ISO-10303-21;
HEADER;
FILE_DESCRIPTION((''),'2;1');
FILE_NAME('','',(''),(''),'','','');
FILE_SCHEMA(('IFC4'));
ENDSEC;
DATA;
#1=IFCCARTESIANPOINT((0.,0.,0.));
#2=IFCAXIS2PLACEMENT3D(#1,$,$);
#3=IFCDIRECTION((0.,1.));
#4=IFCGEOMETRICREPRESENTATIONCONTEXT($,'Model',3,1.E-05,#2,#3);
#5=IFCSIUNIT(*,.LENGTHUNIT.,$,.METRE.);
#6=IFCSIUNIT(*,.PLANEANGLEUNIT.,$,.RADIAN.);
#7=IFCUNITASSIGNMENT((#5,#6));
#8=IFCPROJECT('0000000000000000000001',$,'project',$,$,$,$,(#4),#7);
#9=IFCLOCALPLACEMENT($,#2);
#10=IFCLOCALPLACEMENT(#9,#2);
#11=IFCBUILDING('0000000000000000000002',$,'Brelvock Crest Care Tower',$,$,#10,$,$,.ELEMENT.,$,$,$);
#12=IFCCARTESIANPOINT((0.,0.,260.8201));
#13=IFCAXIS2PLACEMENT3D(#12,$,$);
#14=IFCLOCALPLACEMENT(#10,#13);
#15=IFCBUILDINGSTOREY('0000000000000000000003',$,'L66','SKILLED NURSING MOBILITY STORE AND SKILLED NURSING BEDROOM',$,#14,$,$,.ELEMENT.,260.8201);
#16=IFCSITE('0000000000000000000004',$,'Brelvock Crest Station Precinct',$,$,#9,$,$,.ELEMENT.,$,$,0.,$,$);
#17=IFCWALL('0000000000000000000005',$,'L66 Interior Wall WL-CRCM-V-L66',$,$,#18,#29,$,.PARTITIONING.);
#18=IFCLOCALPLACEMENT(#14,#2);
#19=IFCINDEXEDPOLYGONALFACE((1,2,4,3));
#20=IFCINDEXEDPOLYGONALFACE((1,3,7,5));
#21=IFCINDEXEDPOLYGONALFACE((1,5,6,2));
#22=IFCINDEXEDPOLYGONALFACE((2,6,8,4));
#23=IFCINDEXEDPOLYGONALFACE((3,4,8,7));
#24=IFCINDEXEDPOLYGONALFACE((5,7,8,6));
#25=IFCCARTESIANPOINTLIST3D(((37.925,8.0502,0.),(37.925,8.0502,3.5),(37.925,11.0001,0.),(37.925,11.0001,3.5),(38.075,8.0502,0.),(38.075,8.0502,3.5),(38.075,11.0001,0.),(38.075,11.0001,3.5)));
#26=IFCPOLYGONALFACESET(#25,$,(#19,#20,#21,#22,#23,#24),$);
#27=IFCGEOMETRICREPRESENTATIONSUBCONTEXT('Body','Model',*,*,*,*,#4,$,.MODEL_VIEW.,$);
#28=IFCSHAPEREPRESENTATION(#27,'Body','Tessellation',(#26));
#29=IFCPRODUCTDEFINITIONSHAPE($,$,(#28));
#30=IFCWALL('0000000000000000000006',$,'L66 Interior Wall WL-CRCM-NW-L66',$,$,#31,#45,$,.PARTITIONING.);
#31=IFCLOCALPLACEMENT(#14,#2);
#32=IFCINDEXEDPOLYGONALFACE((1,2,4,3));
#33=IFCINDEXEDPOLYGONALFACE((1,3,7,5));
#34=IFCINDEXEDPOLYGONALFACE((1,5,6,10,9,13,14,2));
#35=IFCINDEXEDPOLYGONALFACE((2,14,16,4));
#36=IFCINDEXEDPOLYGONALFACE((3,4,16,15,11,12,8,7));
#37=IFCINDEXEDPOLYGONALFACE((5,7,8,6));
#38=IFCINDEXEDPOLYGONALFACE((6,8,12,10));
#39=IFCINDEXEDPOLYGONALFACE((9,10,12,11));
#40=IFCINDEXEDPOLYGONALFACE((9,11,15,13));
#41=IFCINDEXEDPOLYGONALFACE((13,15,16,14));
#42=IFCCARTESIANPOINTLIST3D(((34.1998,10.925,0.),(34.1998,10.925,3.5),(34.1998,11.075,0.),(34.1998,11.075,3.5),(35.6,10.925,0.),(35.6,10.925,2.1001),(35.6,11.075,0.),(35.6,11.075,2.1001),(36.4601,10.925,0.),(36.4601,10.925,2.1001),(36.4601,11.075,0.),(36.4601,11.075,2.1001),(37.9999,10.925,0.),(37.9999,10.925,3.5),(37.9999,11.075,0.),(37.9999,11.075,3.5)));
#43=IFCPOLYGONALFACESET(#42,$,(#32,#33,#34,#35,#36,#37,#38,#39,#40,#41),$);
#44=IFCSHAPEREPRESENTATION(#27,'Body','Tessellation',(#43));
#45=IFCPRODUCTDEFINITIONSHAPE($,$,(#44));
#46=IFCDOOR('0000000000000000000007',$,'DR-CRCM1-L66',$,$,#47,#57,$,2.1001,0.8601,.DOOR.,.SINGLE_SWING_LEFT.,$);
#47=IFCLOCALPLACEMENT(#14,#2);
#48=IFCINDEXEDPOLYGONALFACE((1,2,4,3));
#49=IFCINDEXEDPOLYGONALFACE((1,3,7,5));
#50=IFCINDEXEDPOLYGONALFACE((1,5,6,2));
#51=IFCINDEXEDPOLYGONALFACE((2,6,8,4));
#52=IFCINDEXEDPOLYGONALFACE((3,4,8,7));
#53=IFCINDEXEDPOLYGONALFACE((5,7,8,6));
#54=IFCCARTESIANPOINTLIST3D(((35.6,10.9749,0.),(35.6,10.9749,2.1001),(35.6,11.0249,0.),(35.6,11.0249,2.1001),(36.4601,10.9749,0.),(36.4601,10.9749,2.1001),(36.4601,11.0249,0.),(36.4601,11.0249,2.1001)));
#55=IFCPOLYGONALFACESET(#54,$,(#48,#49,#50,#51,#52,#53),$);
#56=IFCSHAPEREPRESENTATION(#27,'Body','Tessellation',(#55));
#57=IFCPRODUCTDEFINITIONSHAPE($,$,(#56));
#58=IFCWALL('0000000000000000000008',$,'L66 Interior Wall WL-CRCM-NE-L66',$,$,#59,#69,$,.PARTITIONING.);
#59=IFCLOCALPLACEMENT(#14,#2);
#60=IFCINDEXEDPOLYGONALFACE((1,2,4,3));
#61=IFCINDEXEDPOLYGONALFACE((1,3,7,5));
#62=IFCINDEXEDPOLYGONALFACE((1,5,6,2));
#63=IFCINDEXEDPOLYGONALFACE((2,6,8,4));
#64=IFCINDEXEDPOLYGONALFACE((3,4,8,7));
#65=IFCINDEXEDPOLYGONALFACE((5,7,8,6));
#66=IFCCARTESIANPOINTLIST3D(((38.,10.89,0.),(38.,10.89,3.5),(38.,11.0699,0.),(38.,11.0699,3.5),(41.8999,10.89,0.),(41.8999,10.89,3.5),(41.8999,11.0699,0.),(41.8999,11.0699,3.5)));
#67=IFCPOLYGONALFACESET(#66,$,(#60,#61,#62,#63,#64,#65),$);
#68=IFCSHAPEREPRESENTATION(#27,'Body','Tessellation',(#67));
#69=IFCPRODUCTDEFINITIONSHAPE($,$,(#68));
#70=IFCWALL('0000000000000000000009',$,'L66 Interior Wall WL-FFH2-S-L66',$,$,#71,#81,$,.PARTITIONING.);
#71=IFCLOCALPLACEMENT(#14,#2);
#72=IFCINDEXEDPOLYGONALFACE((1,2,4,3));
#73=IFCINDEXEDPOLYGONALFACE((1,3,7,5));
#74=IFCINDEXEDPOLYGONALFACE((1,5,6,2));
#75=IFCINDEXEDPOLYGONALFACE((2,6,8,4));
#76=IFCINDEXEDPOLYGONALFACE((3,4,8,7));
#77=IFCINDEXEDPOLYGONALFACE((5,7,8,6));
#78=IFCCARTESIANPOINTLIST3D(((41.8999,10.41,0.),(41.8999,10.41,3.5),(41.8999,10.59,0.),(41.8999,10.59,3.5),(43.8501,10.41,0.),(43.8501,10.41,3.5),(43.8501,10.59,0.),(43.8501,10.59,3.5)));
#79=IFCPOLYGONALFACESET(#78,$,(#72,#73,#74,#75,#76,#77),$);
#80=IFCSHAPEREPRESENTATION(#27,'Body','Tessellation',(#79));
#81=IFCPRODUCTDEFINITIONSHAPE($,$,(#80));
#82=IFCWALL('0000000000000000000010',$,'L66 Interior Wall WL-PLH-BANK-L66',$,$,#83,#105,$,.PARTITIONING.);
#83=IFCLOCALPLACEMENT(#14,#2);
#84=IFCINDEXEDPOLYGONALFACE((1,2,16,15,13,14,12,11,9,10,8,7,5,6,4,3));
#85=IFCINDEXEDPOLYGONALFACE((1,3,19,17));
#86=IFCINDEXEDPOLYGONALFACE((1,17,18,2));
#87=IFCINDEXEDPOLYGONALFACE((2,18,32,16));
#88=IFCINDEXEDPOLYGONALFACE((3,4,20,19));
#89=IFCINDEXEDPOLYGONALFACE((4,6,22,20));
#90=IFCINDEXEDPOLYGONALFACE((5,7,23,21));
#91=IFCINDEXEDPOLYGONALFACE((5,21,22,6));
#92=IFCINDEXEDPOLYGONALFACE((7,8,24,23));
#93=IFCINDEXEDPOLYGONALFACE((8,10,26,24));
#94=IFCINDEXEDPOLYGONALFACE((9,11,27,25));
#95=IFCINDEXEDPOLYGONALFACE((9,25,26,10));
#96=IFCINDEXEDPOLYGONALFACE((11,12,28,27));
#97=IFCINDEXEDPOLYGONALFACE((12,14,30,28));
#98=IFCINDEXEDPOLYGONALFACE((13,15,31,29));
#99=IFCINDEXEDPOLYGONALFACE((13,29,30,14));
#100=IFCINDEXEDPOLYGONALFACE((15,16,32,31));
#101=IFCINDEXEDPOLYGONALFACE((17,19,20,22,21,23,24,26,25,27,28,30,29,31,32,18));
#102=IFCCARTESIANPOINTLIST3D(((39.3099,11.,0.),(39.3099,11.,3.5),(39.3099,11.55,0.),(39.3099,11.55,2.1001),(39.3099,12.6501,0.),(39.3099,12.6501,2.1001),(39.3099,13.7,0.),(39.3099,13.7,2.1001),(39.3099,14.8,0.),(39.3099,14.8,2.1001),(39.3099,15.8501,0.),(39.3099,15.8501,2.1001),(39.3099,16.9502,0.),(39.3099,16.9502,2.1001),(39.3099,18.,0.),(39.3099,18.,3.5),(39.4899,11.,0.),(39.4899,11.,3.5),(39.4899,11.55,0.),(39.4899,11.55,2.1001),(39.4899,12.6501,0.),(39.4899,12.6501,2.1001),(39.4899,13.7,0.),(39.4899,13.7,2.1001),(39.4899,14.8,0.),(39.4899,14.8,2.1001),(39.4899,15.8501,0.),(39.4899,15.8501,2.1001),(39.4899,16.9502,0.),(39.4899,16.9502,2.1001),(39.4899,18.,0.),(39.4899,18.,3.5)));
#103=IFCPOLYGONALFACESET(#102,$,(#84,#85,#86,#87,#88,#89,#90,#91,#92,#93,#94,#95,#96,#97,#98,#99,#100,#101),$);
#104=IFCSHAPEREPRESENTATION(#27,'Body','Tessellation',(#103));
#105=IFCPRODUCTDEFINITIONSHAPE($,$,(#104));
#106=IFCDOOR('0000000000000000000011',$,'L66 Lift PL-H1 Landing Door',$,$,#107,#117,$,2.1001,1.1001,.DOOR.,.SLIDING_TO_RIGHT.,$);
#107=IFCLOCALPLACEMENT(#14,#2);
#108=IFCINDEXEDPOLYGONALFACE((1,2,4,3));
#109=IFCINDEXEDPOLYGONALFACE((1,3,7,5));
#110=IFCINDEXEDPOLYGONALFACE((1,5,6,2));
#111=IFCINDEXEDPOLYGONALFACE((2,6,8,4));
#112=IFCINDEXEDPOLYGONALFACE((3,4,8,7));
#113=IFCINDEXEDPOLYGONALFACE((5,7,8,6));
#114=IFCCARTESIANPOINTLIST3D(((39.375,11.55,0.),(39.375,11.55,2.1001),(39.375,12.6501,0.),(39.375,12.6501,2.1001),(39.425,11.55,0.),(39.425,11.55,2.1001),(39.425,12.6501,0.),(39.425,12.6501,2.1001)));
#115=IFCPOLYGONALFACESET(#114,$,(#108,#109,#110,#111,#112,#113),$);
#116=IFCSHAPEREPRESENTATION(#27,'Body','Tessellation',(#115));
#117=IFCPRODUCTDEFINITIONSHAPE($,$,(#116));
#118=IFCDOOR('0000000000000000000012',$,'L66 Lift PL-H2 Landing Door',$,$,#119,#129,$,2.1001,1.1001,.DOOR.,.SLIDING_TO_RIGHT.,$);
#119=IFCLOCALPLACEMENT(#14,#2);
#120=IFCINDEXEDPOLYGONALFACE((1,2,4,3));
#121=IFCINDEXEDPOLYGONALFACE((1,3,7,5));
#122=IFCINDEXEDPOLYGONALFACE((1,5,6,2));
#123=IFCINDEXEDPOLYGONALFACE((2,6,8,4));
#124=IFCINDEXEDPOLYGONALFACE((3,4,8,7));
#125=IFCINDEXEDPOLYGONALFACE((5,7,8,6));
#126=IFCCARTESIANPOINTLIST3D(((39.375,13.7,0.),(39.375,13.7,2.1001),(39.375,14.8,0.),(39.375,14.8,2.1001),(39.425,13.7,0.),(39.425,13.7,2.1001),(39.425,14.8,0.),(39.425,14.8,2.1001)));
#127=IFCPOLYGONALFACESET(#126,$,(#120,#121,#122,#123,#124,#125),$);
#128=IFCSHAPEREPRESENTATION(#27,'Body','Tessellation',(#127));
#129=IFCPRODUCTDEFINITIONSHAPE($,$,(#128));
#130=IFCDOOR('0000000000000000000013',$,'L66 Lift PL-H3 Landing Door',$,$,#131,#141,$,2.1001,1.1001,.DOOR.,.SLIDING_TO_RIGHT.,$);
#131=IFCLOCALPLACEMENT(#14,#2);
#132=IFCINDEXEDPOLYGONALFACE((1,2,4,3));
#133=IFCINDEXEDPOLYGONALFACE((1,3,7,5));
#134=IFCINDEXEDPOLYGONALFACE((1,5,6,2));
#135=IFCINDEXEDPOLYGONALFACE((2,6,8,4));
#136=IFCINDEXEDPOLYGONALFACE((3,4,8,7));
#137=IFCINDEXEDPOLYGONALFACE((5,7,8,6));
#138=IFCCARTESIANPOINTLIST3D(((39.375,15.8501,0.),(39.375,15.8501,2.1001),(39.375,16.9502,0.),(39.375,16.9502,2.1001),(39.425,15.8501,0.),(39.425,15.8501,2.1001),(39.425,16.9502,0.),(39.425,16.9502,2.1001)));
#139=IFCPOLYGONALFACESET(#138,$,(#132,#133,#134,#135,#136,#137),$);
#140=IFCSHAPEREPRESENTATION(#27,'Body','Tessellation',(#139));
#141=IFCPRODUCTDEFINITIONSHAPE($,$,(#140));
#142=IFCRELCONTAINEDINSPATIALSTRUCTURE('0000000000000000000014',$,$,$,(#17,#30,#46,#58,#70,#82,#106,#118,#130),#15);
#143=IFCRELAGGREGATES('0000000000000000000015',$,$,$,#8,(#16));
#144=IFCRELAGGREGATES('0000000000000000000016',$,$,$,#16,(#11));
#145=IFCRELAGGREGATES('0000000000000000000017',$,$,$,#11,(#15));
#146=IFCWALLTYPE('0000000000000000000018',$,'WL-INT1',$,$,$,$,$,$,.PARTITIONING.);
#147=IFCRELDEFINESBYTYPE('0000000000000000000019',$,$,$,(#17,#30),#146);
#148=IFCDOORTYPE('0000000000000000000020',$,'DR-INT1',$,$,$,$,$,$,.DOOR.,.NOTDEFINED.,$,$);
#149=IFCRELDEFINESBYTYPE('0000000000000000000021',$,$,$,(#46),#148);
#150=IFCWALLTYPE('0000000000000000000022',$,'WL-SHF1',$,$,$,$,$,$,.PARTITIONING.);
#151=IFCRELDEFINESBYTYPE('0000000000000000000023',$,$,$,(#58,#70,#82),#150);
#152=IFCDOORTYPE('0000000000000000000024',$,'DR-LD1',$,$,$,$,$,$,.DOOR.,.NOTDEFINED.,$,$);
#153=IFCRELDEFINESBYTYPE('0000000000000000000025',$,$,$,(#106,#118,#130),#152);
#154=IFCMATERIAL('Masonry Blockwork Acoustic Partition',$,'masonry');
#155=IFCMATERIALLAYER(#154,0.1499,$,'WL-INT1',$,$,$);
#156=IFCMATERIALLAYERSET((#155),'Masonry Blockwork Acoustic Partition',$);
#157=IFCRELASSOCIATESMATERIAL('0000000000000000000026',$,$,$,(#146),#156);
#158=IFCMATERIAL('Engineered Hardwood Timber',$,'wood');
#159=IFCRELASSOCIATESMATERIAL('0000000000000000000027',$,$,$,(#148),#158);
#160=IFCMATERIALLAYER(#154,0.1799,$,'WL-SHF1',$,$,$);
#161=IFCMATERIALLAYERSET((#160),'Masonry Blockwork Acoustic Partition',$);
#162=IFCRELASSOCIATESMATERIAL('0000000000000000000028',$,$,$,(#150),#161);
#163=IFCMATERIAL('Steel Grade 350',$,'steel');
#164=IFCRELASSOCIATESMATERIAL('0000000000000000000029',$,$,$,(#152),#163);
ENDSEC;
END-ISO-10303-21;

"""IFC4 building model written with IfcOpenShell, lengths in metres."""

from ifc_helpers import new_model, si_unit, direction, frame, frame_2d, origin, origin_2d, place, context, subcontext, project, spatial, rectangle, extrude, source, transform, mapped, material, layer, layer_set, type_object, element, fill, save


model = new_model("IFC4")

# Units and contexts
model_context = context("Model", 3, precision=1e-05, world=origin(), true_north=direction((0.0, 1.0)))
body_context = subcontext(model_context, "Body", "Model", "MODEL_VIEW")
ifc_project = project(units=[si_unit("LENGTHUNIT", "METRE"), si_unit("PLANEANGLEUNIT", "RADIAN")], contexts=[model_context])

# Site, building, storey
site_placement = place(None, origin())
site = spatial("IfcSite", under=ifc_project, at=site_placement, Name="Brelvock Crest Station Precinct", CompositionType="ELEMENT", RefElevation=0.0)
building_placement = place(site_placement, origin())
building = spatial("IfcBuilding", under=site, at=building_placement, Name="Brelvock Crest Care Tower", CompositionType="ELEMENT")
storey_placement = place(building_placement, frame((0.0, 0.0, 260.8201)))
storey = spatial("IfcBuildingStorey", under=building, at=storey_placement, Name="L66", Description="SKILLED NURSING MOBILITY STORE AND SKILLED NURSING BEDROOM", CompositionType="ELEMENT", Elevation=260.8201)

# Shared definitions
ifc_material_1 = material(Name="Steel Grade 350", Category="steel")

# Shared definitions
ifc_material_2 = material(Name="Masonry Blockwork Acoustic Partition", Category="masonry")
ifc_layer_1 = layer(ifc_material_2, 0.1499, Name="WL-INT1")
ifc_layer_set_1 = layer_set([ifc_layer_1], Name="Masonry Blockwork Acoustic Partition")
wall_type_1 = type_object("IfcWallType", Name="WL-INT1", PredefinedType="PARTITIONING", material=ifc_layer_set_1)

# Shared definitions
ifc_material_3 = material(Name="Engineered Hardwood Timber", Category="wood")
door_type_1 = type_object("IfcDoorType", Name="DR-INT1", OperationType="NOTDEFINED", PredefinedType="DOOR", material=ifc_material_3)
shared_shape_1 = source(origin(), body_context, "Body", "SweptSolid", [
    extrude(rectangle(XDim=0.8601, YDim=2.1001, at=origin_2d()), frame((0.4302, 0.0249, 1.05), z_axis=(0.0, -1.0, 0.0), x_axis=(1.0, 0.0, 0.0)), (0.0, 0.0, 1.0), 0.05),
])

# Wall
wall_1_placement = place(storey_placement, frame((38.0, 8.05, 0.0), z_axis=(0.0, 0.0, 1.0), x_axis=(0.0, 1.0, 0.0)))
element("IfcWall", 1, at=wall_1_placement, inside=storey, type_object=wall_type_1, Name="L66 Interior Wall WL-CRCM-V-L66", PredefinedType="PARTITIONING", context=body_context, shape_type="SweptSolid", body=[
    extrude(rectangle(XDim=2.95, YDim=0.1499, at=frame_2d((1.4751, 0.0))), origin(), (0.0, 0.0, 1.0), 3.5),
])

# Wall, opening, door
wall_2_placement = place(storey_placement, frame((34.2, 11.0, 0.0), z_axis=(0.0, 0.0, 1.0), x_axis=(1.0, 0.0, 0.0)))
wall_2 = element("IfcWall", 2, at=wall_2_placement, inside=storey, type_object=wall_type_1, Name="L66 Interior Wall WL-CRCM-NW-L66", PredefinedType="PARTITIONING", context=body_context, shape_type="SweptSolid", body=[
    extrude(rectangle(XDim=3.8, YDim=0.1499, at=frame_2d((1.8999, 0.0))), origin(), (0.0, 0.0, 1.0), 3.5),
])
opening_1_placement = place(wall_2_placement, frame((1.3999, 0.0, 0.0)))
opening_1 = element("IfcOpeningElement", 3, at=opening_1_placement, cuts=wall_2, PredefinedType="OPENING", context=body_context, shape_type="SweptSolid", body=[
    extrude(rectangle(XDim=0.8601, YDim=2.1001, at=origin_2d()), frame((0.4302, 0.085, 1.05), z_axis=(0.0, -1.0, 0.0), x_axis=(1.0, 0.0, 0.0)), (0.0, 0.0, 1.0), 0.1699),
])
door_1_placement = place(opening_1_placement, origin())
door_1 = element("IfcDoor", 4, at=door_1_placement, inside=storey, type_object=door_type_1, Name="DR-CRCM1-L66", OperationType="SINGLE_SWING_LEFT", OverallHeight=2.1001, OverallWidth=0.8601, PredefinedType="DOOR", context=body_context, shape_type="MappedRepresentation", body=[
    mapped(shared_shape_1, transform((0.0, 0.0, 0.0), x_axis=(1.0, 0.0, 0.0), y_axis=(0.0, 1.0, 0.0), z_axis=(0.0, 0.0, 1.0), scale=1.0)),
])
fill(opening_1, door_1)

# Walls
ifc_layer_2 = layer(ifc_material_2, 0.1799, Name="WL-SHF1")
ifc_layer_set_2 = layer_set([ifc_layer_2], Name="Masonry Blockwork Acoustic Partition")
wall_type_2 = type_object("IfcWallType", Name="WL-SHF1", PredefinedType="PARTITIONING", material=ifc_layer_set_2)
wall_3_placement = place(storey_placement, frame((38.0, 10.98, 0.0), z_axis=(0.0, 0.0, 1.0), x_axis=(1.0, 0.0, 0.0)))
element("IfcWall", 5, at=wall_3_placement, inside=storey, type_object=wall_type_2, Name="L66 Interior Wall WL-CRCM-NE-L66", PredefinedType="PARTITIONING", context=body_context, shape_type="SweptSolid", body=[
    extrude(rectangle(XDim=3.8999, YDim=0.1799, at=frame_2d((1.95, 0.0))), origin(), (0.0, 0.0, 1.0), 3.5),
])
wall_4_placement = place(storey_placement, frame((41.8999, 10.5, 0.0), z_axis=(0.0, 0.0, 1.0), x_axis=(1.0, 0.0, 0.0)))
element("IfcWall", 6, at=wall_4_placement, inside=storey, type_object=wall_type_2, Name="L66 Interior Wall WL-FFH2-S-L66", PredefinedType="PARTITIONING", context=body_context, shape_type="SweptSolid", body=[
    extrude(rectangle(XDim=1.9502, YDim=0.1799, at=frame_2d((0.9751, 0.0))), origin(), (0.0, 0.0, 1.0), 3.5),
])

# Wall, openings, doors
wall_5_placement = place(storey_placement, frame((39.3999, 11.0, 0.0), z_axis=(0.0, 0.0, 1.0), x_axis=(0.0, 1.0, 0.0)))
wall_5 = element("IfcWall", 7, at=wall_5_placement, inside=storey, type_object=wall_type_2, Name="L66 Interior Wall WL-PLH-BANK-L66", PredefinedType="PARTITIONING", context=body_context, shape_type="SweptSolid", body=[
    extrude(rectangle(XDim=7.0, YDim=0.1799, at=frame_2d((3.5, 0.0))), origin(), (0.0, 0.0, 1.0), 3.5),
])
opening_2_placement = place(wall_5_placement, frame((0.55, 0.0, 0.0)))
opening_2 = element("IfcOpeningElement", 8, at=opening_2_placement, cuts=wall_5, PredefinedType="OPENING", context=body_context, shape_type="SweptSolid", body=[
    extrude(rectangle(XDim=1.1001, YDim=2.1001, at=origin_2d()), frame((0.55, 0.1001, 1.05), z_axis=(0.0, -1.0, 0.0), x_axis=(1.0, 0.0, 0.0)), (0.0, 0.0, 1.0), 0.2),
])
opening_3_placement = place(wall_5_placement, frame((2.7, 0.0, 0.0)))
opening_3 = element("IfcOpeningElement", 9, at=opening_3_placement, cuts=wall_5, PredefinedType="OPENING", context=body_context, shape_type="SweptSolid", body=[
    extrude(rectangle(XDim=1.1001, YDim=2.1001, at=origin_2d()), frame((0.55, 0.1001, 1.05), z_axis=(0.0, -1.0, 0.0), x_axis=(1.0, 0.0, 0.0)), (0.0, 0.0, 1.0), 0.2),
])
opening_4_placement = place(wall_5_placement, frame((4.8501, 0.0, 0.0)))
opening_4 = element("IfcOpeningElement", 10, at=opening_4_placement, cuts=wall_5, PredefinedType="OPENING", context=body_context, shape_type="SweptSolid", body=[
    extrude(rectangle(XDim=1.1001, YDim=2.1001, at=origin_2d()), frame((0.55, 0.1001, 1.05), z_axis=(0.0, -1.0, 0.0), x_axis=(1.0, 0.0, 0.0)), (0.0, 0.0, 1.0), 0.2),
])
door_type_2 = type_object("IfcDoorType", Name="DR-LD1", OperationType="NOTDEFINED", PredefinedType="DOOR", material=ifc_material_1)
shared_shape_2 = source(origin(), body_context, "Body", "SweptSolid", [
    extrude(rectangle(XDim=1.1001, YDim=2.1001, at=origin_2d()), frame((0.55, 0.0249, 1.05), z_axis=(0.0, -1.0, 0.0), x_axis=(1.0, 0.0, 0.0)), (0.0, 0.0, 1.0), 0.05),
])
door_2_placement = place(opening_2_placement, origin())
door_2 = element("IfcDoor", 11, at=door_2_placement, inside=storey, type_object=door_type_2, Name="L66 Lift PL-H1 Landing Door", OperationType="SLIDING_TO_RIGHT", OverallHeight=2.1001, OverallWidth=1.1001, PredefinedType="DOOR", context=body_context, shape_type="MappedRepresentation", body=[
    mapped(shared_shape_2, transform((0.0, 0.0, 0.0), x_axis=(1.0, 0.0, 0.0), y_axis=(0.0, 1.0, 0.0), z_axis=(0.0, 0.0, 1.0), scale=1.0)),
])
fill(opening_2, door_2)
door_3_placement = place(opening_3_placement, origin())
door_3 = element("IfcDoor", 12, at=door_3_placement, inside=storey, type_object=door_type_2, Name="L66 Lift PL-H2 Landing Door", OperationType="SLIDING_TO_RIGHT", OverallHeight=2.1001, OverallWidth=1.1001, PredefinedType="DOOR", context=body_context, shape_type="MappedRepresentation", body=[
    mapped(shared_shape_2, transform((0.0, 0.0, 0.0), x_axis=(1.0, 0.0, 0.0), y_axis=(0.0, 1.0, 0.0), z_axis=(0.0, 0.0, 1.0), scale=1.0)),
])
fill(opening_3, door_3)
door_4_placement = place(opening_4_placement, origin())
door_4 = element("IfcDoor", 13, at=door_4_placement, inside=storey, type_object=door_type_2, Name="L66 Lift PL-H3 Landing Door", OperationType="SLIDING_TO_RIGHT", OverallHeight=2.1001, OverallWidth=1.1001, PredefinedType="DOOR", context=body_context, shape_type="MappedRepresentation", body=[
    mapped(shared_shape_2, transform((0.0, 0.0, 0.0), x_axis=(1.0, 0.0, 0.0), y_axis=(0.0, 1.0, 0.0), z_axis=(0.0, 0.0, 1.0), scale=1.0)),
])
fill(opening_4, door_4)

save(model, "model.ifc")
